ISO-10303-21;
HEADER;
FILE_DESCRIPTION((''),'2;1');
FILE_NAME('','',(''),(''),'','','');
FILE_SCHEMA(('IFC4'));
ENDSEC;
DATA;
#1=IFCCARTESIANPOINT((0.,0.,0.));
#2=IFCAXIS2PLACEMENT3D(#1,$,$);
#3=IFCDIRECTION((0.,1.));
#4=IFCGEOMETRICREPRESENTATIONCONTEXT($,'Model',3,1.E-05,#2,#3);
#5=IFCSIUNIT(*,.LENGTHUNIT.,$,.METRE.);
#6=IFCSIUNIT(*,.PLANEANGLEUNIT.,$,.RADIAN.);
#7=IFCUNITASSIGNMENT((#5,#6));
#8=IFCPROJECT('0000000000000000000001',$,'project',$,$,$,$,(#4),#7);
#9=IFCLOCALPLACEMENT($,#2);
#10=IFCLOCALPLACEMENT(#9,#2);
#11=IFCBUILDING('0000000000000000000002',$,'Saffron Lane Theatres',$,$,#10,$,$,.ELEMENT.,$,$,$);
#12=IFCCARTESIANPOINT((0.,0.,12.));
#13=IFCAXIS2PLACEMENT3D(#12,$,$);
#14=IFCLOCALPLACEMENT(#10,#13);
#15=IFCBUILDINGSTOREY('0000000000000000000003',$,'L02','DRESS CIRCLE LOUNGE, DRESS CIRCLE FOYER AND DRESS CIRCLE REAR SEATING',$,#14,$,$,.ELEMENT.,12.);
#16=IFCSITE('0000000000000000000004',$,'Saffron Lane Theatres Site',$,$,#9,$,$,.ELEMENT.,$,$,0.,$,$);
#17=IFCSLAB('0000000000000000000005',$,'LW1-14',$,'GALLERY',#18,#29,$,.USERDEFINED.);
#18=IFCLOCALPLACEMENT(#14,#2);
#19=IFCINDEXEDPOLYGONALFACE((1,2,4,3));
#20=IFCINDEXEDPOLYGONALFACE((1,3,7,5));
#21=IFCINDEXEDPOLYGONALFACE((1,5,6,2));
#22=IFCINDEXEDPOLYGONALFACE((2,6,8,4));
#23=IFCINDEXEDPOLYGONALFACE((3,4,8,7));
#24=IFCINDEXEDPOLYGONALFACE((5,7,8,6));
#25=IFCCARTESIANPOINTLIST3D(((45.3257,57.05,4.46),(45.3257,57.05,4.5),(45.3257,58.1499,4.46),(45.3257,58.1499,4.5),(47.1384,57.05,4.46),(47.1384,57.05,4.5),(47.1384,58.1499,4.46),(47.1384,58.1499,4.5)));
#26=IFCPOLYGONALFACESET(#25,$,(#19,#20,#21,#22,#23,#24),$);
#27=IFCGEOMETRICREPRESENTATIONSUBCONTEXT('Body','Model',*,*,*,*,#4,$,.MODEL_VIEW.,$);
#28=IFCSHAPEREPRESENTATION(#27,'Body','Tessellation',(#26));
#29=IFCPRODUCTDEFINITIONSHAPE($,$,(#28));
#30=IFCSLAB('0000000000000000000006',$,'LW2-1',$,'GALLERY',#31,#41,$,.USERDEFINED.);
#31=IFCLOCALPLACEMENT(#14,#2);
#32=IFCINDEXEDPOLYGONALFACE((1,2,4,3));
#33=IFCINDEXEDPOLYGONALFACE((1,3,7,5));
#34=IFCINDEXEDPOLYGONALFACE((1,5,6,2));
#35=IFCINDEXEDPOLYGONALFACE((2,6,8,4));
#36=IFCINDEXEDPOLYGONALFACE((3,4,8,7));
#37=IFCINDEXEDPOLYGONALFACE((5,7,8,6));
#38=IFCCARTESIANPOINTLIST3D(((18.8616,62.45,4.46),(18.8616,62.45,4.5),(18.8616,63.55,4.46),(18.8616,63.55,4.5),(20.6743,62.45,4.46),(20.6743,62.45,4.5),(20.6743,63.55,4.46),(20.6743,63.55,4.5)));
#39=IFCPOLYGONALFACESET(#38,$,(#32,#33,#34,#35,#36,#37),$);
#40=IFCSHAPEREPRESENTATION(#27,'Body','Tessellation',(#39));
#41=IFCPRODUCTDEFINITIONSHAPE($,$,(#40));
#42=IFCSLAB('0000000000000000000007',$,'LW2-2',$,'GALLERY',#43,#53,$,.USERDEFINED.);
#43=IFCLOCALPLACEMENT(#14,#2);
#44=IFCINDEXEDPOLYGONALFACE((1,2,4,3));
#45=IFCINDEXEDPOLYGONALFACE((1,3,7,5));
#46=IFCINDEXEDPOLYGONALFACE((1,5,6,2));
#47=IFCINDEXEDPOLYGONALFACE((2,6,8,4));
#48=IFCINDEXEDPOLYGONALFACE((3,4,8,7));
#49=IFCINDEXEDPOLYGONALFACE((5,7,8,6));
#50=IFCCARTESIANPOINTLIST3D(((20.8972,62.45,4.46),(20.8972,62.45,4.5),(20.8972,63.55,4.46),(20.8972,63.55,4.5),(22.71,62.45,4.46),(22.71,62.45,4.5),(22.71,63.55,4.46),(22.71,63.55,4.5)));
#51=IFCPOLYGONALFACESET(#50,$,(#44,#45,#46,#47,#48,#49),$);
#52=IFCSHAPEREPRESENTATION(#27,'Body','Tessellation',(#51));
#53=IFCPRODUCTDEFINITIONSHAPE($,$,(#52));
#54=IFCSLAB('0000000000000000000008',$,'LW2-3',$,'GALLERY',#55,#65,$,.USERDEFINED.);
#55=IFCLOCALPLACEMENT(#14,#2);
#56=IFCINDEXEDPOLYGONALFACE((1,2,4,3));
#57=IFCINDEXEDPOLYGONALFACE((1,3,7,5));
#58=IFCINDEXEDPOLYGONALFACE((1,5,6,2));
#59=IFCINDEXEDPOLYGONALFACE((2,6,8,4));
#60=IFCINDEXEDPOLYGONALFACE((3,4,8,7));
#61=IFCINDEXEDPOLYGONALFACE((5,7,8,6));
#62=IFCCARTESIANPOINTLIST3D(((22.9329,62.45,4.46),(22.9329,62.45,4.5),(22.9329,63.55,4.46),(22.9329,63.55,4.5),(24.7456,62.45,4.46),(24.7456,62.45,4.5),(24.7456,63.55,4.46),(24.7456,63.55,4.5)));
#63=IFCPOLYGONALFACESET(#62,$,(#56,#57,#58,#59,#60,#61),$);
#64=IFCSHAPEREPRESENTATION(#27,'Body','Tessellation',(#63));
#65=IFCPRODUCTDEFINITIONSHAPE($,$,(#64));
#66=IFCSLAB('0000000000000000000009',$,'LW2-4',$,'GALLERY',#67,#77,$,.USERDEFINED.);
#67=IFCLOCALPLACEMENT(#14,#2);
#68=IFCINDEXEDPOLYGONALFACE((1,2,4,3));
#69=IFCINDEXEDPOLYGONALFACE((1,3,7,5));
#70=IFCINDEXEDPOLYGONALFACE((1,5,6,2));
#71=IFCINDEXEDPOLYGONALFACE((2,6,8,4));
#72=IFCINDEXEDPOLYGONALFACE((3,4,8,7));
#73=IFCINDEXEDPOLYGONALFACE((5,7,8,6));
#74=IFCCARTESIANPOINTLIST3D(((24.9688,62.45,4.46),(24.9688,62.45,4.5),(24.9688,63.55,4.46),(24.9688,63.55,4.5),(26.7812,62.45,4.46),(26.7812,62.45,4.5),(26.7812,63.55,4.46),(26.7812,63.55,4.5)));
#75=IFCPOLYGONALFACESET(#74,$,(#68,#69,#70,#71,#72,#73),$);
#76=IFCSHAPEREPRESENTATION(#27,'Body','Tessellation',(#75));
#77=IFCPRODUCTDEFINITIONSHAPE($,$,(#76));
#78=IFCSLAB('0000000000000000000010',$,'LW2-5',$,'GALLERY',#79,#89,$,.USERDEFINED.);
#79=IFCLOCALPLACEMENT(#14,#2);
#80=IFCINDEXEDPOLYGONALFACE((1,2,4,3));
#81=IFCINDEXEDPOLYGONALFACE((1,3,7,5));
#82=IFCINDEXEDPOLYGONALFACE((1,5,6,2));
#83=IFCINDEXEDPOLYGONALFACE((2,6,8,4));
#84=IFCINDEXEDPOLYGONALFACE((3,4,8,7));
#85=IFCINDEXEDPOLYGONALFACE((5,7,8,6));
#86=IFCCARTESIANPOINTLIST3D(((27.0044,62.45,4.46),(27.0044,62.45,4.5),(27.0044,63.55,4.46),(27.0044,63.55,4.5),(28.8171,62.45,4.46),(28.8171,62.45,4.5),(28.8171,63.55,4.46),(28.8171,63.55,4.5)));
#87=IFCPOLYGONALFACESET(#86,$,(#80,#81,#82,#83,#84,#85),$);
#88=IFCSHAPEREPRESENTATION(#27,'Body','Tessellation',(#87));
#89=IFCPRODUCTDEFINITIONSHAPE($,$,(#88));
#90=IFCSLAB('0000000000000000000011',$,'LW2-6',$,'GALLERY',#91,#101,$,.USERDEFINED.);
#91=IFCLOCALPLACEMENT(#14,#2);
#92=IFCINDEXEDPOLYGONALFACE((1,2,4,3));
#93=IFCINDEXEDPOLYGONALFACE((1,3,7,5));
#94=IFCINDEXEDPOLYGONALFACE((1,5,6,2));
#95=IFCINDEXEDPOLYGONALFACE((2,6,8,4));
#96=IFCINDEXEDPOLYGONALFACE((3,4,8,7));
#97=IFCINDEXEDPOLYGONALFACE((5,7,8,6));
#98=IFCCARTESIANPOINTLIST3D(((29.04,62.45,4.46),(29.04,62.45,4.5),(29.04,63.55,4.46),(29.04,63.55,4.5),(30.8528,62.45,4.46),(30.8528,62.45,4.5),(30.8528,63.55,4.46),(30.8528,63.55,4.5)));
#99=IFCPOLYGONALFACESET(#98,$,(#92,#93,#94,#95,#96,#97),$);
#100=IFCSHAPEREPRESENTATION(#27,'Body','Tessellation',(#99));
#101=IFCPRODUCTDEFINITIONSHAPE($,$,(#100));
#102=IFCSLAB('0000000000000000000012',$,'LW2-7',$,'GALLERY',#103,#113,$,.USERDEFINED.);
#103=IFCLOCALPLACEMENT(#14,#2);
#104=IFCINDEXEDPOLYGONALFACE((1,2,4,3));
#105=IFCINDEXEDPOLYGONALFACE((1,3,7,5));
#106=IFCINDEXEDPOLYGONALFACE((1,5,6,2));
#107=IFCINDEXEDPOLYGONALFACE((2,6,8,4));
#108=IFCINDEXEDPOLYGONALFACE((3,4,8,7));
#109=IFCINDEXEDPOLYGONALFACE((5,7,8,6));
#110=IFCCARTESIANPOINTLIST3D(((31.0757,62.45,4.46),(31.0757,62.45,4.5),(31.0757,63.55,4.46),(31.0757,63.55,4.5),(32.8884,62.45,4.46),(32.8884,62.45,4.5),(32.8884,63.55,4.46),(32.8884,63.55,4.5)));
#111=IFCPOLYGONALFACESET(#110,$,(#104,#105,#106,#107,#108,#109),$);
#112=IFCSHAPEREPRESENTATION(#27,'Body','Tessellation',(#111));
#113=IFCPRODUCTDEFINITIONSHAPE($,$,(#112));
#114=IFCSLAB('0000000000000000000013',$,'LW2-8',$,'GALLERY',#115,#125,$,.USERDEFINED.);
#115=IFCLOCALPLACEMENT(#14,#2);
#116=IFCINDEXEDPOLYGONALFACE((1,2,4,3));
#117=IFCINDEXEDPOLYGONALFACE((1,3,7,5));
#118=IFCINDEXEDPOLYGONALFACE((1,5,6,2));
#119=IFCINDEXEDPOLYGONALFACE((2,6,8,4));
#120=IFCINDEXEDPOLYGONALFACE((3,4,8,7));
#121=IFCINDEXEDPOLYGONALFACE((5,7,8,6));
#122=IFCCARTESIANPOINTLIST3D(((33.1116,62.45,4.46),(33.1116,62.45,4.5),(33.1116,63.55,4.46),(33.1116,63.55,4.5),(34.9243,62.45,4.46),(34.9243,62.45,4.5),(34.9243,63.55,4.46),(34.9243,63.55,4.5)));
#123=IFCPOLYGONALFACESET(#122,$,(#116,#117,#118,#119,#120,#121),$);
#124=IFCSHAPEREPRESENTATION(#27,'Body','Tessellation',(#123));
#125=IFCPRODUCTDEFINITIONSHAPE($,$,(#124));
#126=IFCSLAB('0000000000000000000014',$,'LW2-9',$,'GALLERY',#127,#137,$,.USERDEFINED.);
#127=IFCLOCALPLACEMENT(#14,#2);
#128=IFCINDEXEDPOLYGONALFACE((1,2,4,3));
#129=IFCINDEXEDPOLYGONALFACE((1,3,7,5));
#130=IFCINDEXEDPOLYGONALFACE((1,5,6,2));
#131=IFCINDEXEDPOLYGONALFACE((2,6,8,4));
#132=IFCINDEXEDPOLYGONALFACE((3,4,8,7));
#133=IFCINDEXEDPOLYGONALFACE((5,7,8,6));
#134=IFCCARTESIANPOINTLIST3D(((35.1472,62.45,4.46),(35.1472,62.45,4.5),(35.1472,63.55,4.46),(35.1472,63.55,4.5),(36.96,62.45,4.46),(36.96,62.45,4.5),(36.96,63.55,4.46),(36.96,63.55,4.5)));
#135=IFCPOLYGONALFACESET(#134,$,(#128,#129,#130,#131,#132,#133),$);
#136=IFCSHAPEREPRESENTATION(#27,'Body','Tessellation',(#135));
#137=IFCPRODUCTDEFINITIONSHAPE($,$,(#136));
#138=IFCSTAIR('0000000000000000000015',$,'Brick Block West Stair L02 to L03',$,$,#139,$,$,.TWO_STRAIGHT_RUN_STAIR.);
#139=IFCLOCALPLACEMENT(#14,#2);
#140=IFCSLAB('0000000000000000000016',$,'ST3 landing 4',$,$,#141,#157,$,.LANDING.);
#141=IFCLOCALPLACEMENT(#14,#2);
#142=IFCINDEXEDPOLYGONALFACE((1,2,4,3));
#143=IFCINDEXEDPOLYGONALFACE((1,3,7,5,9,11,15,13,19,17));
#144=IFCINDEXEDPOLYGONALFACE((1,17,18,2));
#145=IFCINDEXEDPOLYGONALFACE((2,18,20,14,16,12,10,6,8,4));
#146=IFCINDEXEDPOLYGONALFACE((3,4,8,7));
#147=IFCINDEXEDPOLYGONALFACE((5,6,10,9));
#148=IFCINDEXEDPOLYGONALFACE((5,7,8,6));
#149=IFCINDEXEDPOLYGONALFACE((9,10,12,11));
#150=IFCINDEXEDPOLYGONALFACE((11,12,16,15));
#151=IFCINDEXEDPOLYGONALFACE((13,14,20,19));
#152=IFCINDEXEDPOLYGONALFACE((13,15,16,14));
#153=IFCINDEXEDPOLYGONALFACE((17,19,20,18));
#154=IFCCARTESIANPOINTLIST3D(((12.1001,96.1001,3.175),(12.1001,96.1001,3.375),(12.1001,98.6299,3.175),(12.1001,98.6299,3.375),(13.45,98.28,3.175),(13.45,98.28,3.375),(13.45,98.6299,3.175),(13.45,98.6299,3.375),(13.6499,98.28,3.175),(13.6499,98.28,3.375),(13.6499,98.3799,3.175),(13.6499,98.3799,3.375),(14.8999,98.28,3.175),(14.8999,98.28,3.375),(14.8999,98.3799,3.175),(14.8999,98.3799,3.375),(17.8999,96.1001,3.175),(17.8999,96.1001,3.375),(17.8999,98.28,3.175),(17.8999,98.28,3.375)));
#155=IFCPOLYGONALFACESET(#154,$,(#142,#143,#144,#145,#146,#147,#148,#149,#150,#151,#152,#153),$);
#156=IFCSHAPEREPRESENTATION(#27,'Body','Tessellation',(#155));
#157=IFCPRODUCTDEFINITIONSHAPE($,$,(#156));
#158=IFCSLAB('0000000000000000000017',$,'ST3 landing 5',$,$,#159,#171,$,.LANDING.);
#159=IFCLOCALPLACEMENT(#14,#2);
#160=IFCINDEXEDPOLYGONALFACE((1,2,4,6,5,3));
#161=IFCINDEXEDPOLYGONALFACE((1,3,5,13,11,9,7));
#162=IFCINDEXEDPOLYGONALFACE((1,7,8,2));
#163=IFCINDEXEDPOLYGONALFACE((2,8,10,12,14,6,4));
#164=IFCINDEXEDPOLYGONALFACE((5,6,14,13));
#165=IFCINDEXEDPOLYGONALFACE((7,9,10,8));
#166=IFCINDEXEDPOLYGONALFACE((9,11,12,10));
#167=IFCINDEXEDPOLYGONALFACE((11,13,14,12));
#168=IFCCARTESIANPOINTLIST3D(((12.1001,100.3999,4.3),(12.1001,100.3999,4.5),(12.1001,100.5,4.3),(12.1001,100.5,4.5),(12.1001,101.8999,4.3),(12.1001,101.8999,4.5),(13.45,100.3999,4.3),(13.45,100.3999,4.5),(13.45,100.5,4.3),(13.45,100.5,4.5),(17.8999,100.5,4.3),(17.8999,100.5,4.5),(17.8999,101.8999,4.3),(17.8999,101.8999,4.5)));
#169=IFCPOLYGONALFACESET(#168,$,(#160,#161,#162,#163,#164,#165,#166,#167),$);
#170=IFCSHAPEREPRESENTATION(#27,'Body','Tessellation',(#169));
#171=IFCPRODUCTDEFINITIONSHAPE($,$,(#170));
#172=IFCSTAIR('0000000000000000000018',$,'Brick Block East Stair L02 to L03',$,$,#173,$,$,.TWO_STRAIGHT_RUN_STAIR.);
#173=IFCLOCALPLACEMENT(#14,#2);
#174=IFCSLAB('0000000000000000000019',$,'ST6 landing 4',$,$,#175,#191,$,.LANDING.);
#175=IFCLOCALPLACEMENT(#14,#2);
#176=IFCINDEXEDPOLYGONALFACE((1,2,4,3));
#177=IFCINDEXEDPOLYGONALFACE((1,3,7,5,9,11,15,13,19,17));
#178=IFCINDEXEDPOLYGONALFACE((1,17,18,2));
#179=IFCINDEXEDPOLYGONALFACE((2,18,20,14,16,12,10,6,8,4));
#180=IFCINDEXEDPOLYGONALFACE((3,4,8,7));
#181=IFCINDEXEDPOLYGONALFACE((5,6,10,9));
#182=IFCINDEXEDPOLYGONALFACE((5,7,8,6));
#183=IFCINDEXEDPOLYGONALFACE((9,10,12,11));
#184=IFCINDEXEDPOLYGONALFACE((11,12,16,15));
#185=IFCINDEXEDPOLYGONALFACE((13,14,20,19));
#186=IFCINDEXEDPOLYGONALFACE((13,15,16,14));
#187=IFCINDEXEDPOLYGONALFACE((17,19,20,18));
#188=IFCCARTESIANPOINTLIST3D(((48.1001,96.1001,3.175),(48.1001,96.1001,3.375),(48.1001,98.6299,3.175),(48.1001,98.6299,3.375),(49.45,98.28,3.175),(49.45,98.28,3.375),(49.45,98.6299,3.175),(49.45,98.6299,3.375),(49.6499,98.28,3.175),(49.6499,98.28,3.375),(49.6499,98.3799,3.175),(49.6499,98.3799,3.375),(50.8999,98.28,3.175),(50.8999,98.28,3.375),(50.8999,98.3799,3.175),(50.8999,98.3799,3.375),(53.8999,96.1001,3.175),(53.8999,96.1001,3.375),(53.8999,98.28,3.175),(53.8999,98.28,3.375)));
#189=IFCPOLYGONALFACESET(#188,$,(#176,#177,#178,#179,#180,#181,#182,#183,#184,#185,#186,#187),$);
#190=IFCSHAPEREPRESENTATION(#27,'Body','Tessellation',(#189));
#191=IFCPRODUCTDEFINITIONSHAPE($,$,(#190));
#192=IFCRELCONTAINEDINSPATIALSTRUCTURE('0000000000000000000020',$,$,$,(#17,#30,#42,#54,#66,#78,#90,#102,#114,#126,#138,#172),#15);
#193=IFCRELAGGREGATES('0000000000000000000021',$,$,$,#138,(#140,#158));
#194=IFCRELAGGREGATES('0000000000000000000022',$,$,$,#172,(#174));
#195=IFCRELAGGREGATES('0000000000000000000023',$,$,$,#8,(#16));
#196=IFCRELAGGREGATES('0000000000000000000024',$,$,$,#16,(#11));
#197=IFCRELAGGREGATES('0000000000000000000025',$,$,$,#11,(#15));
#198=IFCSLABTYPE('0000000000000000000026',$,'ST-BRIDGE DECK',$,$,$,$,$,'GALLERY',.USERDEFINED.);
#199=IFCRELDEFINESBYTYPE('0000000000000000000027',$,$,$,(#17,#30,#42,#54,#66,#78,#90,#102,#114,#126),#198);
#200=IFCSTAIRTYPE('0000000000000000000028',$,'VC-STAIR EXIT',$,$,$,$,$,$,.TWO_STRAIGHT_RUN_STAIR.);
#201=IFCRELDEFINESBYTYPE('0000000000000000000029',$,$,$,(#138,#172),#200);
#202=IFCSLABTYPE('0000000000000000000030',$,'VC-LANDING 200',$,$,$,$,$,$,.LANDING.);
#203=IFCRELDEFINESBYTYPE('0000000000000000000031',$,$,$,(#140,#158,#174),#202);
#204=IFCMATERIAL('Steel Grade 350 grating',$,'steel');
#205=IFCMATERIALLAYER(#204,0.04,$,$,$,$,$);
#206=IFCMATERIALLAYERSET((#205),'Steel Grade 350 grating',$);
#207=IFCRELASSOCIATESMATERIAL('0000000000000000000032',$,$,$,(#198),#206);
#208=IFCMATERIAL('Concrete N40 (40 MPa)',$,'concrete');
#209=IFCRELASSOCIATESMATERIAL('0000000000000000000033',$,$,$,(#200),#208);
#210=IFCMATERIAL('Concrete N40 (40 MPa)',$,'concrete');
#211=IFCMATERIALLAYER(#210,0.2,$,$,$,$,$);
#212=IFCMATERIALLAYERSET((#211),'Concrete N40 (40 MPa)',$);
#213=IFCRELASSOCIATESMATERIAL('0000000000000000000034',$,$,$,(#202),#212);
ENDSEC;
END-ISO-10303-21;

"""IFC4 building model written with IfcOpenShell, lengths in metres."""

from ifc_helpers import new_model, si_unit, direction, frame, origin, place, context, subcontext, project, spatial, polyline, outline, extrude, material, layer, layer_set, type_object, element, aggregate, save


model = new_model("IFC4")

# Units and contexts
model_context = context("Model", 3, precision=1e-05, world=origin(), true_north=direction((0.0, 1.0)))
body_context = subcontext(model_context, "Body", "Model", "MODEL_VIEW")
ifc_project = project(units=[si_unit("LENGTHUNIT", "METRE"), si_unit("PLANEANGLEUNIT", "RADIAN")], contexts=[model_context])

# Site, building, storey
site_placement = place(None, origin())
site = spatial("IfcSite", under=ifc_project, at=site_placement, Name="Saffron Lane Theatres Site", CompositionType="ELEMENT", RefElevation=0.0)
building_placement = place(site_placement, origin())
building = spatial("IfcBuilding", under=site, at=building_placement, Name="Saffron Lane Theatres", CompositionType="ELEMENT")
storey_placement = place(building_placement, frame((0.0, 0.0, 12.0)))
storey = spatial("IfcBuildingStorey", under=building, at=storey_placement, Name="L02", Description="DRESS CIRCLE LOUNGE, DRESS CIRCLE FOYER AND DRESS CIRCLE REAR SEATING", CompositionType="ELEMENT", Elevation=12.0)

# Slabs
ifc_material_1 = material(Name="Steel Grade 350 grating", Category="steel")
ifc_layer_1 = layer(ifc_material_1, 0.04)
ifc_layer_set_1 = layer_set([ifc_layer_1], Name="Steel Grade 350 grating")
slab_type_1 = type_object("IfcSlabType", Name="ST-BRIDGE DECK", ElementType="GALLERY", PredefinedType="USERDEFINED", material=ifc_layer_set_1)
slab_1_placement = place(storey_placement, frame((0.0, 0.0, 4.46)))
element("IfcSlab", 1, at=slab_1_placement, inside=storey, type_object=slab_type_1, Name="LW1-14", ObjectType="GALLERY", PredefinedType="USERDEFINED", context=body_context, shape_type="SweptSolid", body=[
    extrude(outline(polyline([(45.3257, 57.05), (47.1384, 57.05), (47.1384, 58.1499), (45.3257, 58.1499), (45.3257, 57.05)])), origin(), (0.0, 0.0, 1.0), 0.04),
])
slab_2_placement = place(storey_placement, frame((0.0, 0.0, 4.46)))
element("IfcSlab", 2, at=slab_2_placement, inside=storey, type_object=slab_type_1, Name="LW2-1", ObjectType="GALLERY", PredefinedType="USERDEFINED", context=body_context, shape_type="SweptSolid", body=[
    extrude(outline(polyline([(18.8616, 62.45), (20.6743, 62.45), (20.6743, 63.55), (18.8616, 63.55), (18.8616, 62.45)])), origin(), (0.0, 0.0, 1.0), 0.04),
])
slab_3_placement = place(storey_placement, frame((0.0, 0.0, 4.46)))
element("IfcSlab", 3, at=slab_3_placement, inside=storey, type_object=slab_type_1, Name="LW2-2", ObjectType="GALLERY", PredefinedType="USERDEFINED", context=body_context, shape_type="SweptSolid", body=[
    extrude(outline(polyline([(20.8972, 62.45), (22.71, 62.45), (22.71, 63.55), (20.8972, 63.55), (20.8972, 62.45)])), origin(), (0.0, 0.0, 1.0), 0.04),
])
slab_4_placement = place(storey_placement, frame((0.0, 0.0, 4.46)))
element("IfcSlab", 4, at=slab_4_placement, inside=storey, type_object=slab_type_1, Name="LW2-3", ObjectType="GALLERY", PredefinedType="USERDEFINED", context=body_context, shape_type="SweptSolid", body=[
    extrude(outline(polyline([(22.9329, 62.45), (24.7456, 62.45), (24.7456, 63.55), (22.9329, 63.55), (22.9329, 62.45)])), origin(), (0.0, 0.0, 1.0), 0.04),
])
slab_5_placement = place(storey_placement, frame((0.0, 0.0, 4.46)))
element("IfcSlab", 5, at=slab_5_placement, inside=storey, type_object=slab_type_1, Name="LW2-4", ObjectType="GALLERY", PredefinedType="USERDEFINED", context=body_context, shape_type="SweptSolid", body=[
    extrude(outline(polyline([(24.9688, 62.45), (26.7812, 62.45), (26.7812, 63.55), (24.9688, 63.55), (24.9688, 62.45)])), origin(), (0.0, 0.0, 1.0), 0.04),
])
slab_6_placement = place(storey_placement, frame((0.0, 0.0, 4.46)))
element("IfcSlab", 6, at=slab_6_placement, inside=storey, type_object=slab_type_1, Name="LW2-5", ObjectType="GALLERY", PredefinedType="USERDEFINED", context=body_context, shape_type="SweptSolid", body=[
    extrude(outline(polyline([(27.0044, 62.45), (28.8171, 62.45), (28.8171, 63.55), (27.0044, 63.55), (27.0044, 62.45)])), origin(), (0.0, 0.0, 1.0), 0.04),
])
slab_7_placement = place(storey_placement, frame((0.0, 0.0, 4.46)))
element("IfcSlab", 7, at=slab_7_placement, inside=storey, type_object=slab_type_1, Name="LW2-6", ObjectType="GALLERY", PredefinedType="USERDEFINED", context=body_context, shape_type="SweptSolid", body=[
    extrude(outline(polyline([(29.04, 62.45), (30.8528, 62.45), (30.8528, 63.55), (29.04, 63.55), (29.04, 62.45)])), origin(), (0.0, 0.0, 1.0), 0.04),
])
slab_8_placement = place(storey_placement, frame((0.0, 0.0, 4.46)))
element("IfcSlab", 8, at=slab_8_placement, inside=storey, type_object=slab_type_1, Name="LW2-7", ObjectType="GALLERY", PredefinedType="USERDEFINED", context=body_context, shape_type="SweptSolid", body=[
    extrude(outline(polyline([(31.0757, 62.45), (32.8884, 62.45), (32.8884, 63.55), (31.0757, 63.55), (31.0757, 62.45)])), origin(), (0.0, 0.0, 1.0), 0.04),
])
slab_9_placement = place(storey_placement, frame((0.0, 0.0, 4.46)))
element("IfcSlab", 9, at=slab_9_placement, inside=storey, type_object=slab_type_1, Name="LW2-8", ObjectType="GALLERY", PredefinedType="USERDEFINED", context=body_context, shape_type="SweptSolid", body=[
    extrude(outline(polyline([(33.1116, 62.45), (34.9243, 62.45), (34.9243, 63.55), (33.1116, 63.55), (33.1116, 62.45)])), origin(), (0.0, 0.0, 1.0), 0.04),
])
slab_10_placement = place(storey_placement, frame((0.0, 0.0, 4.46)))
element("IfcSlab", 10, at=slab_10_placement, inside=storey, type_object=slab_type_1, Name="LW2-9", ObjectType="GALLERY", PredefinedType="USERDEFINED", context=body_context, shape_type="SweptSolid", body=[
    extrude(outline(polyline([(35.1472, 62.45), (36.96, 62.45), (36.96, 63.55), (35.1472, 63.55), (35.1472, 62.45)])), origin(), (0.0, 0.0, 1.0), 0.04),
])

# Stairs, slabs
ifc_material_2 = material(Name="Concrete N40 (40 MPa)", Category="concrete")
stair_type = type_object("IfcStairType", Name="VC-STAIR EXIT", PredefinedType="TWO_STRAIGHT_RUN_STAIR", material=ifc_material_2)
stair_1_placement = place(storey_placement, origin())
stair_1 = element("IfcStair", 11, at=stair_1_placement, inside=storey, type_object=stair_type, Name="Brick Block West Stair L02 to L03", PredefinedType="TWO_STRAIGHT_RUN_STAIR")
ifc_material_3 = material(Name="Concrete N40 (40 MPa)", Category="concrete")
ifc_layer_2 = layer(ifc_material_3, 0.2)
ifc_layer_set_2 = layer_set([ifc_layer_2], Name="Concrete N40 (40 MPa)")
slab_type_2 = type_object("IfcSlabType", Name="VC-LANDING 200", PredefinedType="LANDING", material=ifc_layer_set_2)
slab_11_placement = place(storey_placement, frame((0.0, 0.0, 3.175)))
slab_11 = element("IfcSlab", 12, at=slab_11_placement, type_object=slab_type_2, Name="ST3 landing 4", PredefinedType="LANDING", context=body_context, shape_type="SweptSolid", body=[
    extrude(outline(polyline([(13.45, 98.28), (13.6499, 98.28), (13.6499, 98.3799), (14.8999, 98.3799), (14.8999, 98.28), (17.8999, 98.28), (17.8999, 96.1001), (12.1001, 96.1001), (12.1001, 98.6299), (13.45, 98.6299), (13.45, 98.28)])), origin(), (0.0, 0.0, 1.0), 0.2),
])
slab_12_placement = place(storey_placement, frame((0.0, 0.0, 4.3)))
slab_12 = element("IfcSlab", 13, at=slab_12_placement, type_object=slab_type_2, Name="ST3 landing 5", PredefinedType="LANDING", context=body_context, shape_type="SweptSolid", body=[
    extrude(outline(polyline([(12.1001, 100.5), (12.1001, 101.8999), (17.8999, 101.8999), (17.8999, 100.5), (13.45, 100.5), (13.45, 100.3999), (12.1001, 100.3999), (12.1001, 100.5), (12.1001, 100.5)])), origin(), (0.0, 0.0, 1.0), 0.2),
])
aggregate(stair_1, [slab_11, slab_12])
stair_2_placement = place(storey_placement, origin())
stair_2 = element("IfcStair", 14, at=stair_2_placement, inside=storey, type_object=stair_type, Name="Brick Block East Stair L02 to L03", PredefinedType="TWO_STRAIGHT_RUN_STAIR")
slab_13_placement = place(storey_placement, frame((0.0, 0.0, 3.175)))
slab_13 = element("IfcSlab", 15, at=slab_13_placement, type_object=slab_type_2, Name="ST6 landing 4", PredefinedType="LANDING", context=body_context, shape_type="SweptSolid", body=[
    extrude(outline(polyline([(49.45, 98.28), (49.6499, 98.28), (49.6499, 98.3799), (50.8999, 98.3799), (50.8999, 98.28), (53.8999, 98.28), (53.8999, 96.1001), (48.1001, 96.1001), (48.1001, 98.6299), (49.45, 98.6299), (49.45, 98.28)])), origin(), (0.0, 0.0, 1.0), 0.2),
])
aggregate(stair_2, [slab_13])

save(model, "model.ifc")
